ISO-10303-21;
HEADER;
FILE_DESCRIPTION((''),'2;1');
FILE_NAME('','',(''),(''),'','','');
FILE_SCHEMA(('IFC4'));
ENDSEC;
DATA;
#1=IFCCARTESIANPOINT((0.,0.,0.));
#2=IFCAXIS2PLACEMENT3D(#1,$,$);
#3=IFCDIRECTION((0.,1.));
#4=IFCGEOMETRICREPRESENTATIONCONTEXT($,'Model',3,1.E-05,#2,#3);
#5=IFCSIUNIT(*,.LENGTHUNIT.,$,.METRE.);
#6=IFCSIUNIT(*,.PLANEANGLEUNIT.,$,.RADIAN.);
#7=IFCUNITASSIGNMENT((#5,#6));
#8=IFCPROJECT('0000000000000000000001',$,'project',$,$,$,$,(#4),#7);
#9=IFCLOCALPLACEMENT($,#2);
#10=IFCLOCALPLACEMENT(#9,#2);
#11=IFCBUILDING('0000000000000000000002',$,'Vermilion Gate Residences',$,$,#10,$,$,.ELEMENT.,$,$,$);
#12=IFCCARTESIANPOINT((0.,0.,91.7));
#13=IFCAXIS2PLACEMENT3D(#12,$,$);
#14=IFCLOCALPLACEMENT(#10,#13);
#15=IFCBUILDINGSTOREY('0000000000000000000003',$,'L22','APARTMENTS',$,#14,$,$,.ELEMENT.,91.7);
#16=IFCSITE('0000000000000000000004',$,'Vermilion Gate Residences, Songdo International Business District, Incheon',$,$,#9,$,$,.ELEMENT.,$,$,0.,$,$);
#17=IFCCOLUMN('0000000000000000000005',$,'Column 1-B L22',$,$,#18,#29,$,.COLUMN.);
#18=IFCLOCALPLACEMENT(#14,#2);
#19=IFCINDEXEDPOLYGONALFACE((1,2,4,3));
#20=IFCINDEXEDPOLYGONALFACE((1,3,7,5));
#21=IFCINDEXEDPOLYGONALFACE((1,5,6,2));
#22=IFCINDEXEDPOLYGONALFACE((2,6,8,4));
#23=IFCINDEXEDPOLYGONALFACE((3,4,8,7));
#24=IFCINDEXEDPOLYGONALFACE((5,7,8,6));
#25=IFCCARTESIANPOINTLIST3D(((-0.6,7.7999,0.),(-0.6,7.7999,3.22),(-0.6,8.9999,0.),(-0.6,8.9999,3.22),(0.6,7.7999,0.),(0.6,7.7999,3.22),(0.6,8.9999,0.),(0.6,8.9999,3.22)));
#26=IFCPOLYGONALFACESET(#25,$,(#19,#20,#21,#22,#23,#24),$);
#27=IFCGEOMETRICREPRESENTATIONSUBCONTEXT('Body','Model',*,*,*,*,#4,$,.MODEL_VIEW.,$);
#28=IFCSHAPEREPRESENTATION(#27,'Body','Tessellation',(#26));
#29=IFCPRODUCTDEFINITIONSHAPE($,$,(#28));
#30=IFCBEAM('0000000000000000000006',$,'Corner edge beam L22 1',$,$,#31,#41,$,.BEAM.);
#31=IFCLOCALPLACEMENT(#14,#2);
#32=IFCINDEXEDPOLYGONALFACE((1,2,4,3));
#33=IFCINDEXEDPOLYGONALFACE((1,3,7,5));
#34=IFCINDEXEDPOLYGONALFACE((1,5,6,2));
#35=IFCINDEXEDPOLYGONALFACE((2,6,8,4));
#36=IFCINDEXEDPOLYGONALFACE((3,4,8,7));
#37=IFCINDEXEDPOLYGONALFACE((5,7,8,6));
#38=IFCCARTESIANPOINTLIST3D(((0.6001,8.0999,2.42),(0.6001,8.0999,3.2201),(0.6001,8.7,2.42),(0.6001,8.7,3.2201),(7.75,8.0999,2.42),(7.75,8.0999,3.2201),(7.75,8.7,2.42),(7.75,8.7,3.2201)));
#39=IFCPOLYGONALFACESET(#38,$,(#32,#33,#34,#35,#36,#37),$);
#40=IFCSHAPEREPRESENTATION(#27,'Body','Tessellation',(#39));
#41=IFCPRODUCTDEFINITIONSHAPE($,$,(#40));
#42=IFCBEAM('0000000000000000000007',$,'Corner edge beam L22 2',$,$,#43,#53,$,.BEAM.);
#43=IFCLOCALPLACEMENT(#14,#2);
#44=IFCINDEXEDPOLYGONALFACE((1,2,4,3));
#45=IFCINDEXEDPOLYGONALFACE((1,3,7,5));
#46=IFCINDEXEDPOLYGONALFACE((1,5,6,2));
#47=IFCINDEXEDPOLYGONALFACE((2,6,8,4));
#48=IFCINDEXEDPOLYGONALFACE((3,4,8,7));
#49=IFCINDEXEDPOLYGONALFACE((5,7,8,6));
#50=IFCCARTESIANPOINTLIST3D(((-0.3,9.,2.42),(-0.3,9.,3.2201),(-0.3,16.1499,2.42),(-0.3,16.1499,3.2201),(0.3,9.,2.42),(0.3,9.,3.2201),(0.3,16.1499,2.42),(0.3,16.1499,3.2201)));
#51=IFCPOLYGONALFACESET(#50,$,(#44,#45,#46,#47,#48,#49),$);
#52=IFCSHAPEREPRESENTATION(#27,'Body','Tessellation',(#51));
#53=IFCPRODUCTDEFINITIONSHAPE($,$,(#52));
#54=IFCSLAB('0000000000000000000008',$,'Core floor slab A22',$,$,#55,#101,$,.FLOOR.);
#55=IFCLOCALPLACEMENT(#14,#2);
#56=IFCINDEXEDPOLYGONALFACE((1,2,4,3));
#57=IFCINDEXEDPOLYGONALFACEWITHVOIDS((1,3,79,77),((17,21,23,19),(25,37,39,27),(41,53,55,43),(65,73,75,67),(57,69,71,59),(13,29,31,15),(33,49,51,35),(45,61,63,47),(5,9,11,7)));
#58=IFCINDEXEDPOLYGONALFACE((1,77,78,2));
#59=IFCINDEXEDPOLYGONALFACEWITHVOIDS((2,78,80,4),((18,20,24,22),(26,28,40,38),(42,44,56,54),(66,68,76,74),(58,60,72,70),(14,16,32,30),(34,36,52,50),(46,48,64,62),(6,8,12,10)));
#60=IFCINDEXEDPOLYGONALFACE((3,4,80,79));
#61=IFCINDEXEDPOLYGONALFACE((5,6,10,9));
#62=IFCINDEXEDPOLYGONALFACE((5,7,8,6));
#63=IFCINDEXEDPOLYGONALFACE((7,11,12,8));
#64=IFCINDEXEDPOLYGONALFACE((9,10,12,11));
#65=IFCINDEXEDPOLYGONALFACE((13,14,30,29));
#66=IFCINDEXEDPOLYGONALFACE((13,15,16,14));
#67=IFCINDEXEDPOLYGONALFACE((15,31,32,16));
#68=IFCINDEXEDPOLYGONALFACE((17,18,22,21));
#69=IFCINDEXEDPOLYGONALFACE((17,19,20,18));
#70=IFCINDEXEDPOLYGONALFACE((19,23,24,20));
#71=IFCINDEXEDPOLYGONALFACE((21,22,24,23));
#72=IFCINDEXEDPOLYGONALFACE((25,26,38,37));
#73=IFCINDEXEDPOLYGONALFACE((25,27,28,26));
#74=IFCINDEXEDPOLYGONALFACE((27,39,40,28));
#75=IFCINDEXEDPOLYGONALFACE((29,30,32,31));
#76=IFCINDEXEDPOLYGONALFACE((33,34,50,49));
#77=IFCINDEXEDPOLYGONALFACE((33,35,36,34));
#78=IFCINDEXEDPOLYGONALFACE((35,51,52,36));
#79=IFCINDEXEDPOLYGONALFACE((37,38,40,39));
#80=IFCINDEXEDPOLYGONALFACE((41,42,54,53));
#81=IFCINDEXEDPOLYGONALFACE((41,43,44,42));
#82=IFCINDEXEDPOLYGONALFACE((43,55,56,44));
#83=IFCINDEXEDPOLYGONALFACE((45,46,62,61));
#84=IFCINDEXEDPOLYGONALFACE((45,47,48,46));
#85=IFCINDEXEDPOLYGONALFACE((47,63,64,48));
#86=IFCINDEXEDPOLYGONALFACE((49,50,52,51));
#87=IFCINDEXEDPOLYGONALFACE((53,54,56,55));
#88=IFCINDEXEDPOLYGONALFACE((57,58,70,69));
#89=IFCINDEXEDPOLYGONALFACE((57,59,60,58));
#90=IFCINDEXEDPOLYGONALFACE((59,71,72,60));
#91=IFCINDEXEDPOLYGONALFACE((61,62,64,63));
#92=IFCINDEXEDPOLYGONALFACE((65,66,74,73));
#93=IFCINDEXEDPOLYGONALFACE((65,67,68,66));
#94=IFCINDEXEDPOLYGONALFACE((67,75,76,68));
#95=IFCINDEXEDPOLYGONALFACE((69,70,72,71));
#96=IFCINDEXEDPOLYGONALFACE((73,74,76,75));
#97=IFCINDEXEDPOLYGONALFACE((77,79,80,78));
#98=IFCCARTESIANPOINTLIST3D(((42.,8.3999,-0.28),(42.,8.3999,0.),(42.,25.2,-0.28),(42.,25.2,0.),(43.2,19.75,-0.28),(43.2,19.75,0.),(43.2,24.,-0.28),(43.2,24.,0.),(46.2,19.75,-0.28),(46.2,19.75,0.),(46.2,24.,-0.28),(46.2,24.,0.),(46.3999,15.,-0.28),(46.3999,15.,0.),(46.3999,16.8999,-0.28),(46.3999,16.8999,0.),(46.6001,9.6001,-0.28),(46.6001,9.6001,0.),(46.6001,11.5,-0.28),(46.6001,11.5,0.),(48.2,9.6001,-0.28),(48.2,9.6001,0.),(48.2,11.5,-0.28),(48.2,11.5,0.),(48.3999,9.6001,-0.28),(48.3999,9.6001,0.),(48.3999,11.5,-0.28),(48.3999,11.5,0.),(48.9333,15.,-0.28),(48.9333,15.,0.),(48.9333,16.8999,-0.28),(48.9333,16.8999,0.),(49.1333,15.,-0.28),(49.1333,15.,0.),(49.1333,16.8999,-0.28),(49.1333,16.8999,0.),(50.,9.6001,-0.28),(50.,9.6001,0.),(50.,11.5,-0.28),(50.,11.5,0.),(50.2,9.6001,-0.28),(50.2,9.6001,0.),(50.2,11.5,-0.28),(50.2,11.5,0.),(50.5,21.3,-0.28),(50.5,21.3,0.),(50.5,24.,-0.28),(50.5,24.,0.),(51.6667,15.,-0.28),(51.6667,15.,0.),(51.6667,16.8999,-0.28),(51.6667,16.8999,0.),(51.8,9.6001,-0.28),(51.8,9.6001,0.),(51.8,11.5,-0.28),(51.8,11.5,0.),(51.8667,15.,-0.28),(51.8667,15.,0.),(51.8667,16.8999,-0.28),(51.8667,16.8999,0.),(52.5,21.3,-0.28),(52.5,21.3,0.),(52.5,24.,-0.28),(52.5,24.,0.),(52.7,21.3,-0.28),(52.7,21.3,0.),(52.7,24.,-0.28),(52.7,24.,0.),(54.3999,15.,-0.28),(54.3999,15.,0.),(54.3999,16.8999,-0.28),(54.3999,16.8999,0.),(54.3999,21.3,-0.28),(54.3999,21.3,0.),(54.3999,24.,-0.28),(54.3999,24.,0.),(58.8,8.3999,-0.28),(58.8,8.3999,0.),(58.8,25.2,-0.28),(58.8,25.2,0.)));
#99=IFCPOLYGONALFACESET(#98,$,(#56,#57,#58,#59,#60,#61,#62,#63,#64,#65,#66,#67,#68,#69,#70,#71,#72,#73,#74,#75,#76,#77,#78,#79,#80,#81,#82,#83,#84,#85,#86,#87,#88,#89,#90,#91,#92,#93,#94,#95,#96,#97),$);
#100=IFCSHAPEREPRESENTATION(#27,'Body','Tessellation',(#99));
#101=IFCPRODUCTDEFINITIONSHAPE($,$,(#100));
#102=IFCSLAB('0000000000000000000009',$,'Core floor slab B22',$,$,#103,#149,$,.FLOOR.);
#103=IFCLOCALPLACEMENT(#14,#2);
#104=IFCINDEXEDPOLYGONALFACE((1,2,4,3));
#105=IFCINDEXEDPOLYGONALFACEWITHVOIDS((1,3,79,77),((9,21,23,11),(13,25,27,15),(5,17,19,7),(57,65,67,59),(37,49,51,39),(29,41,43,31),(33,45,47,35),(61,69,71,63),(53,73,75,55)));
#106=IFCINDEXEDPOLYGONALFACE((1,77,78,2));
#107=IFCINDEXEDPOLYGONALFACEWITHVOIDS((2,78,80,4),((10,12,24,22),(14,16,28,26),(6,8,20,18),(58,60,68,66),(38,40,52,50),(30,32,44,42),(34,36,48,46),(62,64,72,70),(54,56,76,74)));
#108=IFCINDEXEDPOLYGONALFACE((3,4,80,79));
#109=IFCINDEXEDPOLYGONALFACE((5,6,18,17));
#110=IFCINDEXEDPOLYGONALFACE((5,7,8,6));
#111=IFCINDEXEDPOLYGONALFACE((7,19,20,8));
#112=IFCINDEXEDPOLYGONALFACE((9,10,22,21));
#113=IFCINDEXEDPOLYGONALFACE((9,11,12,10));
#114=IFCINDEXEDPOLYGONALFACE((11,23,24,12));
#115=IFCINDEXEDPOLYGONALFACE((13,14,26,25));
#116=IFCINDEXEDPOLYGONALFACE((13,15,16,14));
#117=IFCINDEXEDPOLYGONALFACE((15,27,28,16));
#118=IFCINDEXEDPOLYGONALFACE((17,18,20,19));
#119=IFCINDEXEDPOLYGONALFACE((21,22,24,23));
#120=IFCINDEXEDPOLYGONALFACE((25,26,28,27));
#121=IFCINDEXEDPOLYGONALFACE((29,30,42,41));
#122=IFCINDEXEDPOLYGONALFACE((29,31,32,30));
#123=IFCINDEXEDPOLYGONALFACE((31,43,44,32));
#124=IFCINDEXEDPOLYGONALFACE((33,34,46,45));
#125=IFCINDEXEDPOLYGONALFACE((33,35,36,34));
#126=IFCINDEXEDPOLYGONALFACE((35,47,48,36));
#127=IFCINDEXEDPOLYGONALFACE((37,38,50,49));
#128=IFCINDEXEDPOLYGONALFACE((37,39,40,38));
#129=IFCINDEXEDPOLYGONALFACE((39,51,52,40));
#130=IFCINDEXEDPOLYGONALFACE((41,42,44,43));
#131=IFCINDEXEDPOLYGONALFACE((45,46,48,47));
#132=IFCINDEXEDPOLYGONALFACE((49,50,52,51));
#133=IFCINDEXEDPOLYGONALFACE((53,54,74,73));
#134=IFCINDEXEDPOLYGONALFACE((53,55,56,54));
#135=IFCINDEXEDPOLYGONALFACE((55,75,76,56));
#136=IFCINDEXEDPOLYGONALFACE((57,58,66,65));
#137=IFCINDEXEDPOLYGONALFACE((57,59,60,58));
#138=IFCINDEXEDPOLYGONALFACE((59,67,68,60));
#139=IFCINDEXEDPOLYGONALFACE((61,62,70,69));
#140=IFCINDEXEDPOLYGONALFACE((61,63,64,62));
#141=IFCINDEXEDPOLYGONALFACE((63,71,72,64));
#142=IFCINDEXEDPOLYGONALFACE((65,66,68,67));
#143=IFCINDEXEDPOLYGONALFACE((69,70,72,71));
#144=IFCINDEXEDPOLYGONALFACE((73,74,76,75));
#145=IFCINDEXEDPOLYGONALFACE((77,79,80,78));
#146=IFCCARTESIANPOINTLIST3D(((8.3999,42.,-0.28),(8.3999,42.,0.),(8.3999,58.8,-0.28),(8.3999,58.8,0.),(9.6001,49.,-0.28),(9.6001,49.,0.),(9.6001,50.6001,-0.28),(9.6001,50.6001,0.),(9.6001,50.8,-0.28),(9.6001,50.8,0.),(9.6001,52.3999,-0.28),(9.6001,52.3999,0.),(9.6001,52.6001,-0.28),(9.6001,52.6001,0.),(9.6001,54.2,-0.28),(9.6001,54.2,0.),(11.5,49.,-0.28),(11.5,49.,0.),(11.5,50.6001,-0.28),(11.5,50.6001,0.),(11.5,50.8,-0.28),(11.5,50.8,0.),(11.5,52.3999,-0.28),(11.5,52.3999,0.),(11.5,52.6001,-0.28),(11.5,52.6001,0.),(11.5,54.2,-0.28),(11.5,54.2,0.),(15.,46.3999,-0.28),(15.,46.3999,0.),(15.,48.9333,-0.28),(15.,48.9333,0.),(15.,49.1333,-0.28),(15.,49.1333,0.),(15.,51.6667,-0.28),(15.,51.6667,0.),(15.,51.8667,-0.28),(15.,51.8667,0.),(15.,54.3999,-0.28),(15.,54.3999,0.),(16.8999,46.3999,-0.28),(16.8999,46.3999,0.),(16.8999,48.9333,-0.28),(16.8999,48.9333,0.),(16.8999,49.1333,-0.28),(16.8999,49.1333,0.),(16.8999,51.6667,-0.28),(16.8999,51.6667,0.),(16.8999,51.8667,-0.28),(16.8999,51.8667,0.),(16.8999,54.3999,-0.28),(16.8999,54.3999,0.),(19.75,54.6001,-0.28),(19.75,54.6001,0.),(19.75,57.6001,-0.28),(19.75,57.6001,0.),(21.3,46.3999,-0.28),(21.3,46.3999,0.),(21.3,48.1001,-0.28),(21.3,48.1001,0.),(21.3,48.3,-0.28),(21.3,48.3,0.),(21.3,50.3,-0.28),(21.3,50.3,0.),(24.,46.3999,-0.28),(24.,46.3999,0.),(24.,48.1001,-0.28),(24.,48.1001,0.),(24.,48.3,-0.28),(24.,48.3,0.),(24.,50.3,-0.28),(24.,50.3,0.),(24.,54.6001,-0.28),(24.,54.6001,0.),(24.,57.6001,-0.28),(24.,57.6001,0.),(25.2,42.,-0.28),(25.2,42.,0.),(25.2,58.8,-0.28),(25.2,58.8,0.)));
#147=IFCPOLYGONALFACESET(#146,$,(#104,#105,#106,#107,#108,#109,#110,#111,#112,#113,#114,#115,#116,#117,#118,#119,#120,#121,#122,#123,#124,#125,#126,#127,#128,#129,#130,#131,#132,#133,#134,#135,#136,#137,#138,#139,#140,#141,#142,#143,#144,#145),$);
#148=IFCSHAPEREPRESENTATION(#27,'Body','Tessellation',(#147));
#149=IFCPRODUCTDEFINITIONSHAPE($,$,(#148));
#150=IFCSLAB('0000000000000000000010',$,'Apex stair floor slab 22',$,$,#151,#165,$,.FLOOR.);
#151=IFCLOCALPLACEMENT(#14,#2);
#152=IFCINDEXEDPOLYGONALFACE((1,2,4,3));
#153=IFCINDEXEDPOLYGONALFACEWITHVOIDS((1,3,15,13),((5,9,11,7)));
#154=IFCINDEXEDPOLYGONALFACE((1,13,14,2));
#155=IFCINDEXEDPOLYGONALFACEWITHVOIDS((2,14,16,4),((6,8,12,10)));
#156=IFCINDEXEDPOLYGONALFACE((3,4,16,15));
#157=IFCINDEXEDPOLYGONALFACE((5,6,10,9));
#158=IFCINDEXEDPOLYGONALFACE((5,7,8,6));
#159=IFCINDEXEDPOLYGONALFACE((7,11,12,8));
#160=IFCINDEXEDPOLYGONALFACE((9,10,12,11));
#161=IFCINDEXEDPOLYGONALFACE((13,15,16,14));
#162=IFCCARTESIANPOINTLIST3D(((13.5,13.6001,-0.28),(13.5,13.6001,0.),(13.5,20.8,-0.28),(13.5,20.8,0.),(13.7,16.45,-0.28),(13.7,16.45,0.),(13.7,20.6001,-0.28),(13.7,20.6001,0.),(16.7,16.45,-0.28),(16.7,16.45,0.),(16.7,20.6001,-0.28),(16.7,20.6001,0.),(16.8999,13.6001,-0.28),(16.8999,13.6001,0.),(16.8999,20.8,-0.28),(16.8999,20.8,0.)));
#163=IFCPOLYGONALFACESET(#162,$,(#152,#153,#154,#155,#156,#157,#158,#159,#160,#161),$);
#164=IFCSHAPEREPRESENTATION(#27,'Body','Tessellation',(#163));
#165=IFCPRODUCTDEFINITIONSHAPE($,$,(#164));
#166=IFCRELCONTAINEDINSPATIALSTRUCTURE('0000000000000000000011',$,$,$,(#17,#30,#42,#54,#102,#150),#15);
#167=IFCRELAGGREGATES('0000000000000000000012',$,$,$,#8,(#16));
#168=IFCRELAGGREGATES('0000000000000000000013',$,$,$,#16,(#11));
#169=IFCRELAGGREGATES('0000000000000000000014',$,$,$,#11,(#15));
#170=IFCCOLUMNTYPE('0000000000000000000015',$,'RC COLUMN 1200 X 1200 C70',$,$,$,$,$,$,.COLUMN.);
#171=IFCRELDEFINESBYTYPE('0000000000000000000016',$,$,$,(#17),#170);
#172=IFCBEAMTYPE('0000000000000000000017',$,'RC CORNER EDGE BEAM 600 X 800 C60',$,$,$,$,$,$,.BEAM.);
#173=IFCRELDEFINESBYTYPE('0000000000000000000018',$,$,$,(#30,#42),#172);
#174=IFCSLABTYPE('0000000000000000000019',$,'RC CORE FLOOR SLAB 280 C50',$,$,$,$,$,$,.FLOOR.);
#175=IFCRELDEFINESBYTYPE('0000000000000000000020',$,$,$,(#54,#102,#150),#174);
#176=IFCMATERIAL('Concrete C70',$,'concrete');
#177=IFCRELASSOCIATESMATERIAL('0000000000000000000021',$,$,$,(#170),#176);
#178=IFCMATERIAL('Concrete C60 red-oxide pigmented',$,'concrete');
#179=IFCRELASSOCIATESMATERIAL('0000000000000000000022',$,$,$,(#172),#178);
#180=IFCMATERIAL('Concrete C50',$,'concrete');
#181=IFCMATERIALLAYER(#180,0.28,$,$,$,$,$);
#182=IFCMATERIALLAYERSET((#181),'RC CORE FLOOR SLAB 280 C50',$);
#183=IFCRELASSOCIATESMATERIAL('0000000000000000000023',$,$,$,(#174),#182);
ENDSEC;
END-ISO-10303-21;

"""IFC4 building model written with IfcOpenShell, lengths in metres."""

from ifc_helpers import new_model, si_unit, direction, frame, origin, origin_2d, place, context, subcontext, project, spatial, polyline, rectangle, outline, extrude, material, layer, layer_set, material_profile, profile_set, type_object, element, save


model = new_model("IFC4")

# Units and contexts
model_context = context("Model", 3, precision=1e-05, world=origin(), true_north=direction((0.0, 1.0)))
body_context = subcontext(model_context, "Body", "Model", "MODEL_VIEW")
ifc_project = project(units=[si_unit("LENGTHUNIT", "METRE"), si_unit("PLANEANGLEUNIT", "RADIAN")], contexts=[model_context])

# Site, building, storey
site_placement = place(None, origin())
site = spatial("IfcSite", under=ifc_project, at=site_placement, Name="Vermilion Gate Residences, Songdo International Business District, Incheon", CompositionType="ELEMENT", RefElevation=0.0)
building_placement = place(site_placement, origin())
building = spatial("IfcBuilding", under=site, at=building_placement, Name="Vermilion Gate Residences", CompositionType="ELEMENT")
storey_placement = place(building_placement, frame((0.0, 0.0, 91.7)))
storey = spatial("IfcBuildingStorey", under=building, at=storey_placement, Name="L22", Description="APARTMENTS", CompositionType="ELEMENT", Elevation=91.7)

# Column
ifc_material_1 = material(Name="Concrete C70", Category="concrete")
ifc_material_profile_1 = material_profile(ifc_material_1, rectangle(XDim=1.2, YDim=1.2, at=origin_2d()), Name="RC-1200x1200")
ifc_profile_set_1 = profile_set([ifc_material_profile_1], Name="Concrete C70")
column_type = type_object("IfcColumnType", Name="RC COLUMN 1200 X 1200 C70", PredefinedType="COLUMN", material=ifc_profile_set_1)
column_placement = place(storey_placement, frame((0.0, 8.3999, 0.0), z_axis=(0.0, 0.0, 1.0), x_axis=(1.0, 0.0, 0.0)))
element("IfcColumn", 1, at=column_placement, inside=storey, type_object=column_type, Name="Column 1-B L22", PredefinedType="COLUMN", context=body_context, shape_type="SweptSolid", body=[
    extrude(rectangle(XDim=1.2, YDim=1.2, at=origin_2d()), origin(), (0.0, 0.0, 1.0), 3.22),
])

# Beams
ifc_material_2 = material(Name="Concrete C60 red-oxide pigmented", Category="concrete")
ifc_material_profile_2 = material_profile(ifc_material_2, rectangle(XDim=0.6001, YDim=0.8, at=origin_2d()), Name="RC-600x800")
ifc_profile_set_2 = profile_set([ifc_material_profile_2], Name="Concrete C60 red-oxide pigmented")
beam_type = type_object("IfcBeamType", Name="RC CORNER EDGE BEAM 600 X 800 C60", PredefinedType="BEAM", material=ifc_profile_set_2)
for number, where, z_axis, x_axis, name in (
    (2, (0.6001, 8.3999, 2.8201), (1.0, 0.0, 0.0), (0.0, 1.0, 0.0), "Corner edge beam L22 1"),
    (3, (0.0, 9.0, 2.8201), (0.0, 1.0, 0.0), (-1.0, 0.0, 0.0), "Corner edge beam L22 2"),
):
    element("IfcBeam", number, at=place(storey_placement, frame(where, z_axis=z_axis, x_axis=x_axis)), inside=storey, type_object=beam_type, Name=name, PredefinedType="BEAM", context=body_context, shape_type="SweptSolid", body=[
        extrude(rectangle(XDim=0.6001, YDim=0.8, at=origin_2d()), origin(), (0.0, 0.0, 1.0), 7.1499),
    ])

# Slabs
ifc_material_3 = material(Name="Concrete C50", Category="concrete")
ifc_layer_1 = layer(ifc_material_3, 0.28)
ifc_layer_set_1 = layer_set([ifc_layer_1], Name="RC CORE FLOOR SLAB 280 C50")
slab_type_1 = type_object("IfcSlabType", Name="RC CORE FLOOR SLAB 280 C50", PredefinedType="FLOOR", material=ifc_layer_set_1)
slab_1_placement = place(storey_placement, frame((0.0, 0.0, -0.28)))
element("IfcSlab", 4, at=slab_1_placement, inside=storey, type_object=slab_type_1, Name="Core floor slab A22", PredefinedType="FLOOR", context=body_context, shape_type="SweptSolid", body=[
    extrude(outline(polyline([(42.0, 8.3999), (58.8, 8.3999), (58.8, 25.2), (42.0, 25.2), (42.0, 8.3999)]), holes=[polyline([(46.6001, 11.5), (48.2, 11.5), (48.2, 9.6001), (46.6001, 9.6001), (46.6001, 11.5)]), polyline([(48.3999, 11.5), (50.0, 11.5), (50.0, 9.6001), (48.3999, 9.6001), (48.3999, 11.5)]), polyline([(50.2, 11.5), (51.8, 11.5), (51.8, 9.6001), (50.2, 9.6001), (50.2, 11.5)]), polyline([(46.3999, 16.8999), (48.9333, 16.8999), (48.9333, 15.0), (46.3999, 15.0), (46.3999, 16.8999)]), polyline([(49.1333, 16.8999), (51.6667, 16.8999), (51.6667, 15.0), (49.1333, 15.0), (49.1333, 16.8999)]), polyline([(51.8667, 16.8999), (54.3999, 16.8999), (54.3999, 15.0), (51.8667, 15.0), (51.8667, 16.8999)]), polyline([(43.2, 24.0), (46.2, 24.0), (46.2, 19.75), (43.2, 19.75), (43.2, 24.0)]), polyline([(52.5, 24.0), (52.5, 21.3), (50.5, 21.3), (50.5, 24.0), (52.5, 24.0)]), polyline([(54.3999, 24.0), (54.3999, 21.3), (52.7, 21.3), (52.7, 24.0), (54.3999, 24.0)])]), origin(), (0.0, 0.0, 1.0), 0.28),
])
slab_2_placement = place(storey_placement, frame((0.0, 0.0, -0.28)))
element("IfcSlab", 5, at=slab_2_placement, inside=storey, type_object=slab_type_1, Name="Core floor slab B22", PredefinedType="FLOOR", context=body_context, shape_type="SweptSolid", body=[
    extrude(outline(polyline([(8.3999, 42.0), (25.2, 42.0), (25.2, 58.8), (8.3999, 58.8), (8.3999, 42.0)]), holes=[polyline([(21.3, 48.1001), (24.0, 48.1001), (24.0, 46.3999), (21.3, 46.3999), (21.3, 48.1001)]), polyline([(15.0, 48.9333), (16.8999, 48.9333), (16.8999, 46.3999), (15.0, 46.3999), (15.0, 48.9333)]), polyline([(21.3, 50.3), (24.0, 50.3), (24.0, 48.3), (21.3, 48.3), (21.3, 50.3)]), polyline([(9.6001, 50.6001), (11.5, 50.6001), (11.5, 49.0), (9.6001, 49.0), (9.6001, 50.6001)]), polyline([(15.0, 51.6667), (16.8999, 51.6667), (16.8999, 49.1333), (15.0, 49.1333), (15.0, 51.6667)]), polyline([(9.6001, 52.3999), (11.5, 52.3999), (11.5, 50.8), (9.6001, 50.8), (9.6001, 52.3999)]), polyline([(15.0, 54.3999), (16.8999, 54.3999), (16.8999, 51.8667), (15.0, 51.8667), (15.0, 54.3999)]), polyline([(11.5, 54.2), (11.5, 52.6001), (9.6001, 52.6001), (9.6001, 54.2), (11.5, 54.2)]), polyline([(24.0, 57.6001), (24.0, 54.6001), (19.75, 54.6001), (19.75, 57.6001), (24.0, 57.6001)])]), origin(), (0.0, 0.0, 1.0), 0.28),
])
slab_3_placement = place(storey_placement, frame((0.0, 0.0, -0.28)))
element("IfcSlab", 6, at=slab_3_placement, inside=storey, type_object=slab_type_1, Name="Apex stair floor slab 22", PredefinedType="FLOOR", context=body_context, shape_type="SweptSolid", body=[
    extrude(outline(polyline([(13.5, 13.6001), (16.8999, 13.6001), (16.8999, 20.8), (13.5, 20.8), (13.5, 13.6001)]), holes=[polyline([(16.7, 20.6001), (16.7, 16.45), (13.7, 16.45), (13.7, 20.6001), (16.7, 20.6001)])]), origin(), (0.0, 0.0, 1.0), 0.28),
])

save(model, "model.ifc")
